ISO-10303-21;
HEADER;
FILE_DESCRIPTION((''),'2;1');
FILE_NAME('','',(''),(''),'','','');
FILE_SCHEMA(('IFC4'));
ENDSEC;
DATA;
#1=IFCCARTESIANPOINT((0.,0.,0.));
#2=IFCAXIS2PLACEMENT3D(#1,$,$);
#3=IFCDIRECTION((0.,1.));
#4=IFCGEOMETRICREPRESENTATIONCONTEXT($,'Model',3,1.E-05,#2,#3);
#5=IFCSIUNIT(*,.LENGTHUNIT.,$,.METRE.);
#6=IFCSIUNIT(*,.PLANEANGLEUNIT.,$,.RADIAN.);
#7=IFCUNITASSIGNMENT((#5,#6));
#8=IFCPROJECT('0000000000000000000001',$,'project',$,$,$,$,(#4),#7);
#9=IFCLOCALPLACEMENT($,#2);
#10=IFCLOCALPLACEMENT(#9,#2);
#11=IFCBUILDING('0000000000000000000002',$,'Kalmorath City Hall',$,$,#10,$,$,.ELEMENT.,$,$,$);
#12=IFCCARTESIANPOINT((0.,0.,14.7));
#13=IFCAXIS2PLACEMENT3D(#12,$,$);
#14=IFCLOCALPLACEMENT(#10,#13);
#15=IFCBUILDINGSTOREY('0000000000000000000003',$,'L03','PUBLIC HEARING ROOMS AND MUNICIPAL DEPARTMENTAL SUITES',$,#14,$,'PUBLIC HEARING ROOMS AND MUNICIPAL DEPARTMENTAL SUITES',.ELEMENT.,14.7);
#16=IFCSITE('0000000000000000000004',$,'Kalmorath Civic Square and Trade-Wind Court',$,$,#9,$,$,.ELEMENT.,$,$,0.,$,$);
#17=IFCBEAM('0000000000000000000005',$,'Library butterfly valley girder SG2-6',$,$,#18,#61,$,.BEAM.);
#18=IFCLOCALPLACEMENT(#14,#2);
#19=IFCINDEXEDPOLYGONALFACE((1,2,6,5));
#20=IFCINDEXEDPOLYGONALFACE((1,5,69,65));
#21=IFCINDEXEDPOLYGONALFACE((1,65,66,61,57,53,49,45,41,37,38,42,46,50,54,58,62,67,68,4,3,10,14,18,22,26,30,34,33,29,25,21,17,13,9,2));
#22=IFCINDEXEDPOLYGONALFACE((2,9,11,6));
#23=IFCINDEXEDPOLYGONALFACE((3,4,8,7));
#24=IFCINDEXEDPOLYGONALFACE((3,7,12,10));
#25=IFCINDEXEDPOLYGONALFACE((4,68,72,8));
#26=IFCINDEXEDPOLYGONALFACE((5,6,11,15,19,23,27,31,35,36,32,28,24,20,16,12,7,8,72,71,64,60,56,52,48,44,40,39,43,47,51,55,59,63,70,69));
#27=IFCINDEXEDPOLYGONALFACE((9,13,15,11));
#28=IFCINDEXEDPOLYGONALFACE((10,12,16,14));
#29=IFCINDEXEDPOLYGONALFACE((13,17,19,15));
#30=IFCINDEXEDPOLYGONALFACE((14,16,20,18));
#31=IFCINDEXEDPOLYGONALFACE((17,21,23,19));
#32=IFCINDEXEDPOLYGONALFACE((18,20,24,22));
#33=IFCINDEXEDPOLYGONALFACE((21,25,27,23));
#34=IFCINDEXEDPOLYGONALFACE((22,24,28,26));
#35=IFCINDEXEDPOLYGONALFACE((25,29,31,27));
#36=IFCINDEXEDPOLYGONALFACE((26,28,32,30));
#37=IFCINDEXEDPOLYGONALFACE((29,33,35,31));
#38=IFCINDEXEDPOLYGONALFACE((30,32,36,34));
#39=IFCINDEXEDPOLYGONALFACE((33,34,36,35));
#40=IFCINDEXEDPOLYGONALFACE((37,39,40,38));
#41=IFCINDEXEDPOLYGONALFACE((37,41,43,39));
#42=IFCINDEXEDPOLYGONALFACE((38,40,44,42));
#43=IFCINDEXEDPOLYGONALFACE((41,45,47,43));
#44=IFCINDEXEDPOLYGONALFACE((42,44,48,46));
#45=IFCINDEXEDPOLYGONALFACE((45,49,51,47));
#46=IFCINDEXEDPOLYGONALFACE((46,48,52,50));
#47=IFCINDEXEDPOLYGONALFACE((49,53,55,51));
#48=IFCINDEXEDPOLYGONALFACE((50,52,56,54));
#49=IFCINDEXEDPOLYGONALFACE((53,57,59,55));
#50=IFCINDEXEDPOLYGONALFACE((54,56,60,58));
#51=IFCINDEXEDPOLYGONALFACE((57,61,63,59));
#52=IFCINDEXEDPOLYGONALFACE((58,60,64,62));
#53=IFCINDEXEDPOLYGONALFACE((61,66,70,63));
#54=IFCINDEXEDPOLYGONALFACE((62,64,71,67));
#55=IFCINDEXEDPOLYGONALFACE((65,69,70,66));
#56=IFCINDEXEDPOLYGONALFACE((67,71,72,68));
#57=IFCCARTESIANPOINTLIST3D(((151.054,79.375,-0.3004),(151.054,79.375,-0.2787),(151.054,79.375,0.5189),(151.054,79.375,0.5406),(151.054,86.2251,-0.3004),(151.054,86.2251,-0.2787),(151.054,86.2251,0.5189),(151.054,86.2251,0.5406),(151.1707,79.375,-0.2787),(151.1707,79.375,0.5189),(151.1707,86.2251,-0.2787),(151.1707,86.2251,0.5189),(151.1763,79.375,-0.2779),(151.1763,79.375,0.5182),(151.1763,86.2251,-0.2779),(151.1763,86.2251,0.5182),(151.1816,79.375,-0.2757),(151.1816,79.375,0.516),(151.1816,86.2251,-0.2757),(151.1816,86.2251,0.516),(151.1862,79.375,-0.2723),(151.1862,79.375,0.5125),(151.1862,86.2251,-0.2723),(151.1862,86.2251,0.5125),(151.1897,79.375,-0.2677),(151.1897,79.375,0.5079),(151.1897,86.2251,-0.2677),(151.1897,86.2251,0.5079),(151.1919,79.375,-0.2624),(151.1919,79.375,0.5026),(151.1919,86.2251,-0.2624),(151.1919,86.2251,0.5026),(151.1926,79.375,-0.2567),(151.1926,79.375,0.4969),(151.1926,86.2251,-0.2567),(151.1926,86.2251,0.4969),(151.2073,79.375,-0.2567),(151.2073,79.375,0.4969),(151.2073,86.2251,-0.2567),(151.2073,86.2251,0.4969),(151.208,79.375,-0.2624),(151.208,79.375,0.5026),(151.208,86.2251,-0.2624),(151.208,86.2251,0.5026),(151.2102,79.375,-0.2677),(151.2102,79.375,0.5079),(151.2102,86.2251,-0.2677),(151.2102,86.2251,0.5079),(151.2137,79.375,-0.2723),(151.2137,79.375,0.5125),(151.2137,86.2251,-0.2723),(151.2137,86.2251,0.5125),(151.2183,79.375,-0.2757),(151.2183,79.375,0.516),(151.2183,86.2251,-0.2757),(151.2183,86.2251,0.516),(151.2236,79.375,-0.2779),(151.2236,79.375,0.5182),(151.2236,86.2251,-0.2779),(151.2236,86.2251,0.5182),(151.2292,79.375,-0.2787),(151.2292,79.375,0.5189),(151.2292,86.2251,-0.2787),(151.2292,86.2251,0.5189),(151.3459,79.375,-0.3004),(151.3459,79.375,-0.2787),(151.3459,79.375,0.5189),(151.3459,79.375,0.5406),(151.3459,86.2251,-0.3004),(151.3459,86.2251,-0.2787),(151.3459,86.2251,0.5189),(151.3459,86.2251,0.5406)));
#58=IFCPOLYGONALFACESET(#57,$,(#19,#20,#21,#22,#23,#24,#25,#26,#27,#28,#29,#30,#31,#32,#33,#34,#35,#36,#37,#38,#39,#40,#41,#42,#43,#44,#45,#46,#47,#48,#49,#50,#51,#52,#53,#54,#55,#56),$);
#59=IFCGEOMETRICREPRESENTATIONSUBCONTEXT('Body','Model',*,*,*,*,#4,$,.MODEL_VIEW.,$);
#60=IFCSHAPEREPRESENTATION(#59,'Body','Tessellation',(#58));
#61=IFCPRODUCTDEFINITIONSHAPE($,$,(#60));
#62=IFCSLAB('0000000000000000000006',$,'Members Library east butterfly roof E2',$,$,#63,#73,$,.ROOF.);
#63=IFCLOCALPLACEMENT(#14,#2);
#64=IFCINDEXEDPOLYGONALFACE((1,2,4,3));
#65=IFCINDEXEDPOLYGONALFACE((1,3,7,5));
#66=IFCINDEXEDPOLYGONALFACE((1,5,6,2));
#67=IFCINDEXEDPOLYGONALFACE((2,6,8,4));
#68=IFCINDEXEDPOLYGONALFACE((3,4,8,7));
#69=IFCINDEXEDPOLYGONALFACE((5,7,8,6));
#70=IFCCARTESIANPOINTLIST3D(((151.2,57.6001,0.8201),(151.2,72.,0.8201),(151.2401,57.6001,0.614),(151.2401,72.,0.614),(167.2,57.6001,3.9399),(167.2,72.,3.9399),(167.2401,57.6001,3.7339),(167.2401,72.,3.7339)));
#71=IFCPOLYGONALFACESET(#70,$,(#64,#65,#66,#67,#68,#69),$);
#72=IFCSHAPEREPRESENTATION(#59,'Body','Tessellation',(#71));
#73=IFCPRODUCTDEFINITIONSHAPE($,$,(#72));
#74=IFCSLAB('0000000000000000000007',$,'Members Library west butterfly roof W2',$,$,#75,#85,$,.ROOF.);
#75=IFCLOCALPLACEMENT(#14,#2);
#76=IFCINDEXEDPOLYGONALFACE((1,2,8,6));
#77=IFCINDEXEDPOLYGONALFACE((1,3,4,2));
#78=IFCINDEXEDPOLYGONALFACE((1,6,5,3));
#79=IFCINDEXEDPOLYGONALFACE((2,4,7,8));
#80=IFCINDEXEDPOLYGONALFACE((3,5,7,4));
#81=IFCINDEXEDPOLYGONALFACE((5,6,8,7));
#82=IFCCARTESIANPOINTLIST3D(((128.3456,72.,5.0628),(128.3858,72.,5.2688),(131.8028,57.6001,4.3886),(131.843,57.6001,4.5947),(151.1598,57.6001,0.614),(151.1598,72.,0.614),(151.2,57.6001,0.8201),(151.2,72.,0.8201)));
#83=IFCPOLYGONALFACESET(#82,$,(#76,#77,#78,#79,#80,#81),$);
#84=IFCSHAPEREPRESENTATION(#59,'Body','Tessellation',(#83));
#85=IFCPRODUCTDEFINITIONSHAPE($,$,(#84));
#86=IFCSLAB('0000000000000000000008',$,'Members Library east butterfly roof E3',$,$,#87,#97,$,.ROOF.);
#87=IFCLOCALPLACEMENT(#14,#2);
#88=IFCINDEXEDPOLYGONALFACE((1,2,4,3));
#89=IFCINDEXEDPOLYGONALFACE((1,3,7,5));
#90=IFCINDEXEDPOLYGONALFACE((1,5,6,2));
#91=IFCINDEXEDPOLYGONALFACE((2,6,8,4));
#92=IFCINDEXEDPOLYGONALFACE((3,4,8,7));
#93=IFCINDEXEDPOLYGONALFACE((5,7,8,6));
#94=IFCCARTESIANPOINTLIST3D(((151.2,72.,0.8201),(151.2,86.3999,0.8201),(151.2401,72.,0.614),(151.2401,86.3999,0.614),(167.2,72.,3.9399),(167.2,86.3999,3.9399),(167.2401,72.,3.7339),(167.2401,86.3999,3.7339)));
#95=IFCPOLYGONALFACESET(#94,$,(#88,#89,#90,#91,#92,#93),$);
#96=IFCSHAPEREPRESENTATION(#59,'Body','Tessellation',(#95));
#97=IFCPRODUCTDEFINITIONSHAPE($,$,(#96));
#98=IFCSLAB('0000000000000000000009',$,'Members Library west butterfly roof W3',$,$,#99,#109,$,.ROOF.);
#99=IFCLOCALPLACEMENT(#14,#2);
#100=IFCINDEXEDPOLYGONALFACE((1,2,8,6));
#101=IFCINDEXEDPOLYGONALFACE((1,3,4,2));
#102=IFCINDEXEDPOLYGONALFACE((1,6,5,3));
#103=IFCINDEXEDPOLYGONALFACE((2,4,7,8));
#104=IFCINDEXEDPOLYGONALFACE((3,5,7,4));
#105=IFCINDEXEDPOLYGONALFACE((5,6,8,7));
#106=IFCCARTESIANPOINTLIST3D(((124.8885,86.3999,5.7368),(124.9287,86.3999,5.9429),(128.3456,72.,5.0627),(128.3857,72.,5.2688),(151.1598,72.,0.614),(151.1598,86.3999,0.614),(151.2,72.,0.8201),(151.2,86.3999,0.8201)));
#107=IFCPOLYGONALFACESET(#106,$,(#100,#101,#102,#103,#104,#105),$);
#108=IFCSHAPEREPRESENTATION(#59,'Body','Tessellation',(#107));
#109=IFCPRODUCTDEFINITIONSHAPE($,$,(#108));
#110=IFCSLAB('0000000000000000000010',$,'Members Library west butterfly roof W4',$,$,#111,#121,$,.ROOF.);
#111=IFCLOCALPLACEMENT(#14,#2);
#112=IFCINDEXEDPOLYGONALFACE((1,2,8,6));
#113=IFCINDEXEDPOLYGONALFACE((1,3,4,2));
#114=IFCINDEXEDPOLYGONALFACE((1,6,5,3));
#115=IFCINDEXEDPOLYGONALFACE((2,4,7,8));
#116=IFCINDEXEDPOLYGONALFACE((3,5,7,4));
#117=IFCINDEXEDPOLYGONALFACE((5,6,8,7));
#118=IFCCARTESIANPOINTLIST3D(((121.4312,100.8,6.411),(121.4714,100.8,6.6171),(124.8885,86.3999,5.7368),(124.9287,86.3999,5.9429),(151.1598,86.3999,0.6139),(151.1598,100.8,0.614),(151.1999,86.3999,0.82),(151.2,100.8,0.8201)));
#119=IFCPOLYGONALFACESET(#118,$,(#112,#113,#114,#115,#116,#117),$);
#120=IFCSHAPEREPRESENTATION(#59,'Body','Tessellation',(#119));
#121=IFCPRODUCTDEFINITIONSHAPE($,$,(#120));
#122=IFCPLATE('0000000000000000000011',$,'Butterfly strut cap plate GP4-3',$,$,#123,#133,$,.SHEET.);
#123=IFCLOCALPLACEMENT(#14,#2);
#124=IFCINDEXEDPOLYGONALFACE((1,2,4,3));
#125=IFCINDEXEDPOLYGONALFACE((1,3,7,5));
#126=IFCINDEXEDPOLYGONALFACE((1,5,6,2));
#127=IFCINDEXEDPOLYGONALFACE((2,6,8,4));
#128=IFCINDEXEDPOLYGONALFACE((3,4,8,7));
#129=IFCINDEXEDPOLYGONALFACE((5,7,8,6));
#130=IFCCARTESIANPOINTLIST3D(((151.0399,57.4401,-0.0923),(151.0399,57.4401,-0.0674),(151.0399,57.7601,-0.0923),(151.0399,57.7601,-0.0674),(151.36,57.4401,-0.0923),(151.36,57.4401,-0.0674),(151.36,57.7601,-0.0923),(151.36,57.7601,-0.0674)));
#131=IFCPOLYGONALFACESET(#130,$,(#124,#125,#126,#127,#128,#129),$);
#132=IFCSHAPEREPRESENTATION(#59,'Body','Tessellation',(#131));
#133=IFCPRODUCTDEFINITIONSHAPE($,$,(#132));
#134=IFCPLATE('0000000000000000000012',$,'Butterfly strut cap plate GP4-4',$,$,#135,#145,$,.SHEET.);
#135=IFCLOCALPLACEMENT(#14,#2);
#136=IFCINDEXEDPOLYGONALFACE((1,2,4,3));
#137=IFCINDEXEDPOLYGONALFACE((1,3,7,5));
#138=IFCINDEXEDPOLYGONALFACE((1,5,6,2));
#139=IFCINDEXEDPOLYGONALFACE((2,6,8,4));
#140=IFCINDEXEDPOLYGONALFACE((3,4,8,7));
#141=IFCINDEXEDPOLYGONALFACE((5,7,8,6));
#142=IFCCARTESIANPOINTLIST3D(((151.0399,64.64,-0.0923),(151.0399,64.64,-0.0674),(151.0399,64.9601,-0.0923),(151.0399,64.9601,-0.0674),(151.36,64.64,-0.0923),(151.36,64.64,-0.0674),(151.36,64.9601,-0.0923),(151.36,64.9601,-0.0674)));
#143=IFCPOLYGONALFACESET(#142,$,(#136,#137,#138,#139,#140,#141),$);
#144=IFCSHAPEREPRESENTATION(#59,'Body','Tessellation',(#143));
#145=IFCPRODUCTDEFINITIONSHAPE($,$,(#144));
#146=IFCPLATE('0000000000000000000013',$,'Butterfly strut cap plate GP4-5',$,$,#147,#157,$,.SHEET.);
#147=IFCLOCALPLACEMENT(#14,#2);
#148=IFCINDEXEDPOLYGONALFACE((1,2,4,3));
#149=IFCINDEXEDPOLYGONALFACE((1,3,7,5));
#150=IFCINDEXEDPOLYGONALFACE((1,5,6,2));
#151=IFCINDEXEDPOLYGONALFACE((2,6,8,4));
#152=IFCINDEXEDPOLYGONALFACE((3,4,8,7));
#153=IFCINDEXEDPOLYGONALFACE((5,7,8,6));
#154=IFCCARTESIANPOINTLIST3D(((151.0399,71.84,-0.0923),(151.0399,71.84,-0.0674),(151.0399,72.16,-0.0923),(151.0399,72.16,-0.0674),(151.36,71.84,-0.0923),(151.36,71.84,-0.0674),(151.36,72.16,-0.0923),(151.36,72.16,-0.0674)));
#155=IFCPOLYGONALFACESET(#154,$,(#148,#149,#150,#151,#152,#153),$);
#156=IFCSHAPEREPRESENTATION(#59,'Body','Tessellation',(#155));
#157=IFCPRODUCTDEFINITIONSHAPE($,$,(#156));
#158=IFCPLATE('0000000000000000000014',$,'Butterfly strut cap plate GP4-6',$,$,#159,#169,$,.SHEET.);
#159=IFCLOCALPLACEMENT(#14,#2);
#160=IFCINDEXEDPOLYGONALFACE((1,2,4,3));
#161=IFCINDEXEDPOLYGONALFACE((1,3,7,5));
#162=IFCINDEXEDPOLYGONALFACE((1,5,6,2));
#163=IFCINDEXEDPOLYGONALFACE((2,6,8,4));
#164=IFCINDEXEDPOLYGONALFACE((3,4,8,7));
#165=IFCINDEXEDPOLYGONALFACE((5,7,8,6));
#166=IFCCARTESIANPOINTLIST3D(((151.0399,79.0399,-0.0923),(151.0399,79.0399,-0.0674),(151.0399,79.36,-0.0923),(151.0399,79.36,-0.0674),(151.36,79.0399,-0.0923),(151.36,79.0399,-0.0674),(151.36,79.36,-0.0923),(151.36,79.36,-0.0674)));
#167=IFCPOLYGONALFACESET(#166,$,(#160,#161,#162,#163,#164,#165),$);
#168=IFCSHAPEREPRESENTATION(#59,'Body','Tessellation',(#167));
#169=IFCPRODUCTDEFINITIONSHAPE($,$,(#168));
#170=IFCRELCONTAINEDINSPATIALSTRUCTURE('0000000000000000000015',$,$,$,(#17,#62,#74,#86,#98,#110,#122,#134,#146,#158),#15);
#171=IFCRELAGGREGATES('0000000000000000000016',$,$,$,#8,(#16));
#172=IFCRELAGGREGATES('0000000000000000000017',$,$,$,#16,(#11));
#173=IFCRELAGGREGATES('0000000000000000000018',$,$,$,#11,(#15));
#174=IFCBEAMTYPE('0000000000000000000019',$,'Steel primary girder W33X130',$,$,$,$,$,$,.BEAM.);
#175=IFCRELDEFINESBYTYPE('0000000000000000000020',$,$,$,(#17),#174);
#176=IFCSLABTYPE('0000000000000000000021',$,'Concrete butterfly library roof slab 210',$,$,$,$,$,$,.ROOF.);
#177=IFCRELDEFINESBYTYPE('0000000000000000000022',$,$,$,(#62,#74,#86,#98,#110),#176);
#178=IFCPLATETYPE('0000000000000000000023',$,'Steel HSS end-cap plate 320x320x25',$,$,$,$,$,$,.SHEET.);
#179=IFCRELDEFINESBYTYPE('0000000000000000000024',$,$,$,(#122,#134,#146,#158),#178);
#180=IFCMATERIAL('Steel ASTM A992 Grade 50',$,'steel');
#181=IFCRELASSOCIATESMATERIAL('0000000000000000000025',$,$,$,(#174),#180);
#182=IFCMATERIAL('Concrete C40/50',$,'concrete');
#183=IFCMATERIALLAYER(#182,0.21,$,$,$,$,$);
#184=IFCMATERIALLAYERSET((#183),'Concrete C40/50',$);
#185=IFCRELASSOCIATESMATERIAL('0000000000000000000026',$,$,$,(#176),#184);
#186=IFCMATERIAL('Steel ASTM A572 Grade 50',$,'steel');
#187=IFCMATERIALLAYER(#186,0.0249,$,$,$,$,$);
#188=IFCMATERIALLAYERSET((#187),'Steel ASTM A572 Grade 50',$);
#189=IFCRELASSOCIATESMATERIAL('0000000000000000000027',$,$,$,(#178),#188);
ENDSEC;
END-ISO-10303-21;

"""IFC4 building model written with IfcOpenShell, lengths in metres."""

from ifc_helpers import new_model, si_unit, direction, frame, origin, origin_2d, place, context, subcontext, project, spatial, polyline, rectangle, i_section, outline, extrude, material, layer, layer_set, material_profile, profile_set, type_object, element, save


model = new_model("IFC4")

# Units and contexts
model_context = context("Model", 3, precision=1e-05, world=origin(), true_north=direction((0.0, 1.0)))
body_context = subcontext(model_context, "Body", "Model", "MODEL_VIEW")
ifc_project = project(units=[si_unit("LENGTHUNIT", "METRE"), si_unit("PLANEANGLEUNIT", "RADIAN")], contexts=[model_context])

# Site, building, storey
site_placement = place(None, origin())
site = spatial("IfcSite", under=ifc_project, at=site_placement, Name="Kalmorath Civic Square and Trade-Wind Court", CompositionType="ELEMENT", RefElevation=0.0)
building_placement = place(site_placement, origin())
building = spatial("IfcBuilding", under=site, at=building_placement, Name="Kalmorath City Hall", CompositionType="ELEMENT")
storey_placement = place(building_placement, frame((0.0, 0.0, 14.7)))
storey = spatial("IfcBuildingStorey", under=building, at=storey_placement, Name="L03", Description="PUBLIC HEARING ROOMS AND MUNICIPAL DEPARTMENTAL SUITES", LongName="PUBLIC HEARING ROOMS AND MUNICIPAL DEPARTMENTAL SUITES", CompositionType="ELEMENT", Elevation=14.7)

# Beam
ifc_material_1 = material(Name="Steel ASTM A992 Grade 50", Category="steel")
ifc_material_profile_1 = material_profile(ifc_material_1, i_section(OverallWidth=0.292, OverallDepth=0.8411, WebThickness=0.0146, FlangeThickness=0.0217, FilletRadius=0.022, at=origin_2d()), Name="W33X130")
ifc_profile_set_1 = profile_set([ifc_material_profile_1], Name="Steel ASTM A992 Grade 50")
beam_type_1 = type_object("IfcBeamType", Name="Steel primary girder W33X130", PredefinedType="BEAM", material=ifc_profile_set_1)
beam_1_placement = place(storey_placement, frame((151.2, 79.375, 0.1201), z_axis=(0.0, 1.0, 0.0), x_axis=(-1.0, 0.0, 0.0)))
element("IfcBeam", 1, at=beam_1_placement, inside=storey, type_object=beam_type_1, Name="Library butterfly valley girder SG2-6", PredefinedType="BEAM", context=body_context, shape_type="SweptSolid", body=[
    extrude(i_section(OverallWidth=0.292, OverallDepth=0.8411, WebThickness=0.0146, FlangeThickness=0.0217, FilletRadius=0.022, at=origin_2d()), origin(), (0.0, 0.0, 1.0), 6.8501),
])

# Slabs
ifc_material_2 = material(Name="Concrete C40/50", Category="concrete")
ifc_layer_1 = layer(ifc_material_2, 0.21)
ifc_layer_set_1 = layer_set([ifc_layer_1], Name="Concrete C40/50")
slab_type = type_object("IfcSlabType", Name="Concrete butterfly library roof slab 210", PredefinedType="ROOF", material=ifc_layer_set_1)
slab_1_placement = place(storey_placement, frame((151.2, 57.6001, 0.8201), z_axis=(-0.191388, 0.0, 0.981515), x_axis=(0.981515, 0.0, 0.191388)))
element("IfcSlab", 2, at=slab_1_placement, inside=storey, type_object=slab_type, Name="Members Library east butterfly roof E2", PredefinedType="ROOF", context=body_context, shape_type="SweptSolid", body=[
    extrude(outline(polyline([(0.0, 0.0), (16.3013, 0.0), (16.3013, 14.3999), (0.0, 14.3999), (0.0, 0.0)])), origin(), (0.0, 0.0, -1.0), 0.21),
])
slab_2_placement = place(storey_placement, frame((131.843, 57.6001, 4.5947), z_axis=(0.191395, 0.000003, 0.981513), x_axis=(0.981513, 0.0, -0.191395)))
element("IfcSlab", 3, at=slab_2_placement, inside=storey, type_object=slab_type, Name="Members Library west butterfly roof W2", PredefinedType="ROOF", context=body_context, shape_type="SweptSolid", body=[
    extrude(outline(polyline([(0.0, 0.0), (19.7215, 0.0), (19.7215, 14.3999), (-3.5224, 14.3999), (0.0, 0.0)])), origin(), (0.0, 0.0, -1.0), 0.21),
])
slab_3_placement = place(storey_placement, frame((151.2, 72.0, 0.8201), z_axis=(-0.191388, 0.0, 0.981515), x_axis=(0.981515, 0.0, 0.191388)))
element("IfcSlab", 4, at=slab_3_placement, inside=storey, type_object=slab_type, Name="Members Library east butterfly roof E3", PredefinedType="ROOF", context=body_context, shape_type="SweptSolid", body=[
    extrude(outline(polyline([(0.0, 0.0), (16.3013, 0.0), (16.3013, 14.3999), (0.0, 14.3999), (0.0, 0.0)])), origin(), (0.0, 0.0, -1.0), 0.21),
])
slab_4_placement = place(storey_placement, frame((128.3857, 72.0, 5.2688), z_axis=(0.191393, 0.000001, 0.981514), x_axis=(0.981514, 0.0, -0.191393)))
element("IfcSlab", 5, at=slab_4_placement, inside=storey, type_object=slab_type, Name="Members Library west butterfly roof W3", PredefinedType="ROOF", context=body_context, shape_type="SweptSolid", body=[
    extrude(outline(polyline([(0.0, 0.0), (23.2439, 0.0), (23.2439, 14.3999), (-3.5221, 14.3999), (0.0, 0.0)])), origin(), (0.0, 0.0, -1.0), 0.21),
])
slab_5_placement = place(storey_placement, frame((124.9287, 86.3999, 5.9429), z_axis=(0.191395, -0.000005, 0.981513), x_axis=(0.981513, 0.0, -0.191395)))
element("IfcSlab", 6, at=slab_5_placement, inside=storey, type_object=slab_type, Name="Members Library west butterfly roof W4", PredefinedType="ROOF", context=body_context, shape_type="SweptSolid", body=[
    extrude(outline(polyline([(0.0, 0.0), (26.766, 0.0), (26.766, 14.4001), (-3.5224, 14.4001), (0.0, 0.0)])), origin(), (0.0, 0.0, -1.0), 0.21),
])

# Plates
ifc_material_3 = material(Name="Steel ASTM A572 Grade 50", Category="steel")
ifc_layer_2 = layer(ifc_material_3, 0.0249)
ifc_layer_set_2 = layer_set([ifc_layer_2], Name="Steel ASTM A572 Grade 50")
plate_type = type_object("IfcPlateType", Name="Steel HSS end-cap plate 320x320x25", PredefinedType="SHEET", material=ifc_layer_set_2)
for number, where, z_axis, x_axis, name in (
    (7, (151.2, 57.6001, -0.0923), (0.0, 0.0, 1.0), (1.0, 0.0, 0.0), "Butterfly strut cap plate GP4-3"),
    (8, (151.2, 64.8, -0.0923), (0.0, 0.0, 1.0), (1.0, 0.0, 0.0), "Butterfly strut cap plate GP4-4"),
    (9, (151.2, 72.0, -0.0923), (0.0, 0.0, 1.0), (1.0, 0.0, 0.0), "Butterfly strut cap plate GP4-5"),
    (10, (151.2, 79.2, -0.0923), (0.0, 0.0, 1.0), (1.0, 0.0, 0.0), "Butterfly strut cap plate GP4-6"),
):
    element("IfcPlate", number, at=place(storey_placement, frame(where, z_axis=z_axis, x_axis=x_axis)), inside=storey, type_object=plate_type, Name=name, PredefinedType="SHEET", context=body_context, shape_type="SweptSolid", body=[
        extrude(rectangle(XDim=0.3201, YDim=0.3201, at=origin_2d()), origin(), (0.0, 0.0, 1.0), 0.0249),
    ])

save(model, "model.ifc")
